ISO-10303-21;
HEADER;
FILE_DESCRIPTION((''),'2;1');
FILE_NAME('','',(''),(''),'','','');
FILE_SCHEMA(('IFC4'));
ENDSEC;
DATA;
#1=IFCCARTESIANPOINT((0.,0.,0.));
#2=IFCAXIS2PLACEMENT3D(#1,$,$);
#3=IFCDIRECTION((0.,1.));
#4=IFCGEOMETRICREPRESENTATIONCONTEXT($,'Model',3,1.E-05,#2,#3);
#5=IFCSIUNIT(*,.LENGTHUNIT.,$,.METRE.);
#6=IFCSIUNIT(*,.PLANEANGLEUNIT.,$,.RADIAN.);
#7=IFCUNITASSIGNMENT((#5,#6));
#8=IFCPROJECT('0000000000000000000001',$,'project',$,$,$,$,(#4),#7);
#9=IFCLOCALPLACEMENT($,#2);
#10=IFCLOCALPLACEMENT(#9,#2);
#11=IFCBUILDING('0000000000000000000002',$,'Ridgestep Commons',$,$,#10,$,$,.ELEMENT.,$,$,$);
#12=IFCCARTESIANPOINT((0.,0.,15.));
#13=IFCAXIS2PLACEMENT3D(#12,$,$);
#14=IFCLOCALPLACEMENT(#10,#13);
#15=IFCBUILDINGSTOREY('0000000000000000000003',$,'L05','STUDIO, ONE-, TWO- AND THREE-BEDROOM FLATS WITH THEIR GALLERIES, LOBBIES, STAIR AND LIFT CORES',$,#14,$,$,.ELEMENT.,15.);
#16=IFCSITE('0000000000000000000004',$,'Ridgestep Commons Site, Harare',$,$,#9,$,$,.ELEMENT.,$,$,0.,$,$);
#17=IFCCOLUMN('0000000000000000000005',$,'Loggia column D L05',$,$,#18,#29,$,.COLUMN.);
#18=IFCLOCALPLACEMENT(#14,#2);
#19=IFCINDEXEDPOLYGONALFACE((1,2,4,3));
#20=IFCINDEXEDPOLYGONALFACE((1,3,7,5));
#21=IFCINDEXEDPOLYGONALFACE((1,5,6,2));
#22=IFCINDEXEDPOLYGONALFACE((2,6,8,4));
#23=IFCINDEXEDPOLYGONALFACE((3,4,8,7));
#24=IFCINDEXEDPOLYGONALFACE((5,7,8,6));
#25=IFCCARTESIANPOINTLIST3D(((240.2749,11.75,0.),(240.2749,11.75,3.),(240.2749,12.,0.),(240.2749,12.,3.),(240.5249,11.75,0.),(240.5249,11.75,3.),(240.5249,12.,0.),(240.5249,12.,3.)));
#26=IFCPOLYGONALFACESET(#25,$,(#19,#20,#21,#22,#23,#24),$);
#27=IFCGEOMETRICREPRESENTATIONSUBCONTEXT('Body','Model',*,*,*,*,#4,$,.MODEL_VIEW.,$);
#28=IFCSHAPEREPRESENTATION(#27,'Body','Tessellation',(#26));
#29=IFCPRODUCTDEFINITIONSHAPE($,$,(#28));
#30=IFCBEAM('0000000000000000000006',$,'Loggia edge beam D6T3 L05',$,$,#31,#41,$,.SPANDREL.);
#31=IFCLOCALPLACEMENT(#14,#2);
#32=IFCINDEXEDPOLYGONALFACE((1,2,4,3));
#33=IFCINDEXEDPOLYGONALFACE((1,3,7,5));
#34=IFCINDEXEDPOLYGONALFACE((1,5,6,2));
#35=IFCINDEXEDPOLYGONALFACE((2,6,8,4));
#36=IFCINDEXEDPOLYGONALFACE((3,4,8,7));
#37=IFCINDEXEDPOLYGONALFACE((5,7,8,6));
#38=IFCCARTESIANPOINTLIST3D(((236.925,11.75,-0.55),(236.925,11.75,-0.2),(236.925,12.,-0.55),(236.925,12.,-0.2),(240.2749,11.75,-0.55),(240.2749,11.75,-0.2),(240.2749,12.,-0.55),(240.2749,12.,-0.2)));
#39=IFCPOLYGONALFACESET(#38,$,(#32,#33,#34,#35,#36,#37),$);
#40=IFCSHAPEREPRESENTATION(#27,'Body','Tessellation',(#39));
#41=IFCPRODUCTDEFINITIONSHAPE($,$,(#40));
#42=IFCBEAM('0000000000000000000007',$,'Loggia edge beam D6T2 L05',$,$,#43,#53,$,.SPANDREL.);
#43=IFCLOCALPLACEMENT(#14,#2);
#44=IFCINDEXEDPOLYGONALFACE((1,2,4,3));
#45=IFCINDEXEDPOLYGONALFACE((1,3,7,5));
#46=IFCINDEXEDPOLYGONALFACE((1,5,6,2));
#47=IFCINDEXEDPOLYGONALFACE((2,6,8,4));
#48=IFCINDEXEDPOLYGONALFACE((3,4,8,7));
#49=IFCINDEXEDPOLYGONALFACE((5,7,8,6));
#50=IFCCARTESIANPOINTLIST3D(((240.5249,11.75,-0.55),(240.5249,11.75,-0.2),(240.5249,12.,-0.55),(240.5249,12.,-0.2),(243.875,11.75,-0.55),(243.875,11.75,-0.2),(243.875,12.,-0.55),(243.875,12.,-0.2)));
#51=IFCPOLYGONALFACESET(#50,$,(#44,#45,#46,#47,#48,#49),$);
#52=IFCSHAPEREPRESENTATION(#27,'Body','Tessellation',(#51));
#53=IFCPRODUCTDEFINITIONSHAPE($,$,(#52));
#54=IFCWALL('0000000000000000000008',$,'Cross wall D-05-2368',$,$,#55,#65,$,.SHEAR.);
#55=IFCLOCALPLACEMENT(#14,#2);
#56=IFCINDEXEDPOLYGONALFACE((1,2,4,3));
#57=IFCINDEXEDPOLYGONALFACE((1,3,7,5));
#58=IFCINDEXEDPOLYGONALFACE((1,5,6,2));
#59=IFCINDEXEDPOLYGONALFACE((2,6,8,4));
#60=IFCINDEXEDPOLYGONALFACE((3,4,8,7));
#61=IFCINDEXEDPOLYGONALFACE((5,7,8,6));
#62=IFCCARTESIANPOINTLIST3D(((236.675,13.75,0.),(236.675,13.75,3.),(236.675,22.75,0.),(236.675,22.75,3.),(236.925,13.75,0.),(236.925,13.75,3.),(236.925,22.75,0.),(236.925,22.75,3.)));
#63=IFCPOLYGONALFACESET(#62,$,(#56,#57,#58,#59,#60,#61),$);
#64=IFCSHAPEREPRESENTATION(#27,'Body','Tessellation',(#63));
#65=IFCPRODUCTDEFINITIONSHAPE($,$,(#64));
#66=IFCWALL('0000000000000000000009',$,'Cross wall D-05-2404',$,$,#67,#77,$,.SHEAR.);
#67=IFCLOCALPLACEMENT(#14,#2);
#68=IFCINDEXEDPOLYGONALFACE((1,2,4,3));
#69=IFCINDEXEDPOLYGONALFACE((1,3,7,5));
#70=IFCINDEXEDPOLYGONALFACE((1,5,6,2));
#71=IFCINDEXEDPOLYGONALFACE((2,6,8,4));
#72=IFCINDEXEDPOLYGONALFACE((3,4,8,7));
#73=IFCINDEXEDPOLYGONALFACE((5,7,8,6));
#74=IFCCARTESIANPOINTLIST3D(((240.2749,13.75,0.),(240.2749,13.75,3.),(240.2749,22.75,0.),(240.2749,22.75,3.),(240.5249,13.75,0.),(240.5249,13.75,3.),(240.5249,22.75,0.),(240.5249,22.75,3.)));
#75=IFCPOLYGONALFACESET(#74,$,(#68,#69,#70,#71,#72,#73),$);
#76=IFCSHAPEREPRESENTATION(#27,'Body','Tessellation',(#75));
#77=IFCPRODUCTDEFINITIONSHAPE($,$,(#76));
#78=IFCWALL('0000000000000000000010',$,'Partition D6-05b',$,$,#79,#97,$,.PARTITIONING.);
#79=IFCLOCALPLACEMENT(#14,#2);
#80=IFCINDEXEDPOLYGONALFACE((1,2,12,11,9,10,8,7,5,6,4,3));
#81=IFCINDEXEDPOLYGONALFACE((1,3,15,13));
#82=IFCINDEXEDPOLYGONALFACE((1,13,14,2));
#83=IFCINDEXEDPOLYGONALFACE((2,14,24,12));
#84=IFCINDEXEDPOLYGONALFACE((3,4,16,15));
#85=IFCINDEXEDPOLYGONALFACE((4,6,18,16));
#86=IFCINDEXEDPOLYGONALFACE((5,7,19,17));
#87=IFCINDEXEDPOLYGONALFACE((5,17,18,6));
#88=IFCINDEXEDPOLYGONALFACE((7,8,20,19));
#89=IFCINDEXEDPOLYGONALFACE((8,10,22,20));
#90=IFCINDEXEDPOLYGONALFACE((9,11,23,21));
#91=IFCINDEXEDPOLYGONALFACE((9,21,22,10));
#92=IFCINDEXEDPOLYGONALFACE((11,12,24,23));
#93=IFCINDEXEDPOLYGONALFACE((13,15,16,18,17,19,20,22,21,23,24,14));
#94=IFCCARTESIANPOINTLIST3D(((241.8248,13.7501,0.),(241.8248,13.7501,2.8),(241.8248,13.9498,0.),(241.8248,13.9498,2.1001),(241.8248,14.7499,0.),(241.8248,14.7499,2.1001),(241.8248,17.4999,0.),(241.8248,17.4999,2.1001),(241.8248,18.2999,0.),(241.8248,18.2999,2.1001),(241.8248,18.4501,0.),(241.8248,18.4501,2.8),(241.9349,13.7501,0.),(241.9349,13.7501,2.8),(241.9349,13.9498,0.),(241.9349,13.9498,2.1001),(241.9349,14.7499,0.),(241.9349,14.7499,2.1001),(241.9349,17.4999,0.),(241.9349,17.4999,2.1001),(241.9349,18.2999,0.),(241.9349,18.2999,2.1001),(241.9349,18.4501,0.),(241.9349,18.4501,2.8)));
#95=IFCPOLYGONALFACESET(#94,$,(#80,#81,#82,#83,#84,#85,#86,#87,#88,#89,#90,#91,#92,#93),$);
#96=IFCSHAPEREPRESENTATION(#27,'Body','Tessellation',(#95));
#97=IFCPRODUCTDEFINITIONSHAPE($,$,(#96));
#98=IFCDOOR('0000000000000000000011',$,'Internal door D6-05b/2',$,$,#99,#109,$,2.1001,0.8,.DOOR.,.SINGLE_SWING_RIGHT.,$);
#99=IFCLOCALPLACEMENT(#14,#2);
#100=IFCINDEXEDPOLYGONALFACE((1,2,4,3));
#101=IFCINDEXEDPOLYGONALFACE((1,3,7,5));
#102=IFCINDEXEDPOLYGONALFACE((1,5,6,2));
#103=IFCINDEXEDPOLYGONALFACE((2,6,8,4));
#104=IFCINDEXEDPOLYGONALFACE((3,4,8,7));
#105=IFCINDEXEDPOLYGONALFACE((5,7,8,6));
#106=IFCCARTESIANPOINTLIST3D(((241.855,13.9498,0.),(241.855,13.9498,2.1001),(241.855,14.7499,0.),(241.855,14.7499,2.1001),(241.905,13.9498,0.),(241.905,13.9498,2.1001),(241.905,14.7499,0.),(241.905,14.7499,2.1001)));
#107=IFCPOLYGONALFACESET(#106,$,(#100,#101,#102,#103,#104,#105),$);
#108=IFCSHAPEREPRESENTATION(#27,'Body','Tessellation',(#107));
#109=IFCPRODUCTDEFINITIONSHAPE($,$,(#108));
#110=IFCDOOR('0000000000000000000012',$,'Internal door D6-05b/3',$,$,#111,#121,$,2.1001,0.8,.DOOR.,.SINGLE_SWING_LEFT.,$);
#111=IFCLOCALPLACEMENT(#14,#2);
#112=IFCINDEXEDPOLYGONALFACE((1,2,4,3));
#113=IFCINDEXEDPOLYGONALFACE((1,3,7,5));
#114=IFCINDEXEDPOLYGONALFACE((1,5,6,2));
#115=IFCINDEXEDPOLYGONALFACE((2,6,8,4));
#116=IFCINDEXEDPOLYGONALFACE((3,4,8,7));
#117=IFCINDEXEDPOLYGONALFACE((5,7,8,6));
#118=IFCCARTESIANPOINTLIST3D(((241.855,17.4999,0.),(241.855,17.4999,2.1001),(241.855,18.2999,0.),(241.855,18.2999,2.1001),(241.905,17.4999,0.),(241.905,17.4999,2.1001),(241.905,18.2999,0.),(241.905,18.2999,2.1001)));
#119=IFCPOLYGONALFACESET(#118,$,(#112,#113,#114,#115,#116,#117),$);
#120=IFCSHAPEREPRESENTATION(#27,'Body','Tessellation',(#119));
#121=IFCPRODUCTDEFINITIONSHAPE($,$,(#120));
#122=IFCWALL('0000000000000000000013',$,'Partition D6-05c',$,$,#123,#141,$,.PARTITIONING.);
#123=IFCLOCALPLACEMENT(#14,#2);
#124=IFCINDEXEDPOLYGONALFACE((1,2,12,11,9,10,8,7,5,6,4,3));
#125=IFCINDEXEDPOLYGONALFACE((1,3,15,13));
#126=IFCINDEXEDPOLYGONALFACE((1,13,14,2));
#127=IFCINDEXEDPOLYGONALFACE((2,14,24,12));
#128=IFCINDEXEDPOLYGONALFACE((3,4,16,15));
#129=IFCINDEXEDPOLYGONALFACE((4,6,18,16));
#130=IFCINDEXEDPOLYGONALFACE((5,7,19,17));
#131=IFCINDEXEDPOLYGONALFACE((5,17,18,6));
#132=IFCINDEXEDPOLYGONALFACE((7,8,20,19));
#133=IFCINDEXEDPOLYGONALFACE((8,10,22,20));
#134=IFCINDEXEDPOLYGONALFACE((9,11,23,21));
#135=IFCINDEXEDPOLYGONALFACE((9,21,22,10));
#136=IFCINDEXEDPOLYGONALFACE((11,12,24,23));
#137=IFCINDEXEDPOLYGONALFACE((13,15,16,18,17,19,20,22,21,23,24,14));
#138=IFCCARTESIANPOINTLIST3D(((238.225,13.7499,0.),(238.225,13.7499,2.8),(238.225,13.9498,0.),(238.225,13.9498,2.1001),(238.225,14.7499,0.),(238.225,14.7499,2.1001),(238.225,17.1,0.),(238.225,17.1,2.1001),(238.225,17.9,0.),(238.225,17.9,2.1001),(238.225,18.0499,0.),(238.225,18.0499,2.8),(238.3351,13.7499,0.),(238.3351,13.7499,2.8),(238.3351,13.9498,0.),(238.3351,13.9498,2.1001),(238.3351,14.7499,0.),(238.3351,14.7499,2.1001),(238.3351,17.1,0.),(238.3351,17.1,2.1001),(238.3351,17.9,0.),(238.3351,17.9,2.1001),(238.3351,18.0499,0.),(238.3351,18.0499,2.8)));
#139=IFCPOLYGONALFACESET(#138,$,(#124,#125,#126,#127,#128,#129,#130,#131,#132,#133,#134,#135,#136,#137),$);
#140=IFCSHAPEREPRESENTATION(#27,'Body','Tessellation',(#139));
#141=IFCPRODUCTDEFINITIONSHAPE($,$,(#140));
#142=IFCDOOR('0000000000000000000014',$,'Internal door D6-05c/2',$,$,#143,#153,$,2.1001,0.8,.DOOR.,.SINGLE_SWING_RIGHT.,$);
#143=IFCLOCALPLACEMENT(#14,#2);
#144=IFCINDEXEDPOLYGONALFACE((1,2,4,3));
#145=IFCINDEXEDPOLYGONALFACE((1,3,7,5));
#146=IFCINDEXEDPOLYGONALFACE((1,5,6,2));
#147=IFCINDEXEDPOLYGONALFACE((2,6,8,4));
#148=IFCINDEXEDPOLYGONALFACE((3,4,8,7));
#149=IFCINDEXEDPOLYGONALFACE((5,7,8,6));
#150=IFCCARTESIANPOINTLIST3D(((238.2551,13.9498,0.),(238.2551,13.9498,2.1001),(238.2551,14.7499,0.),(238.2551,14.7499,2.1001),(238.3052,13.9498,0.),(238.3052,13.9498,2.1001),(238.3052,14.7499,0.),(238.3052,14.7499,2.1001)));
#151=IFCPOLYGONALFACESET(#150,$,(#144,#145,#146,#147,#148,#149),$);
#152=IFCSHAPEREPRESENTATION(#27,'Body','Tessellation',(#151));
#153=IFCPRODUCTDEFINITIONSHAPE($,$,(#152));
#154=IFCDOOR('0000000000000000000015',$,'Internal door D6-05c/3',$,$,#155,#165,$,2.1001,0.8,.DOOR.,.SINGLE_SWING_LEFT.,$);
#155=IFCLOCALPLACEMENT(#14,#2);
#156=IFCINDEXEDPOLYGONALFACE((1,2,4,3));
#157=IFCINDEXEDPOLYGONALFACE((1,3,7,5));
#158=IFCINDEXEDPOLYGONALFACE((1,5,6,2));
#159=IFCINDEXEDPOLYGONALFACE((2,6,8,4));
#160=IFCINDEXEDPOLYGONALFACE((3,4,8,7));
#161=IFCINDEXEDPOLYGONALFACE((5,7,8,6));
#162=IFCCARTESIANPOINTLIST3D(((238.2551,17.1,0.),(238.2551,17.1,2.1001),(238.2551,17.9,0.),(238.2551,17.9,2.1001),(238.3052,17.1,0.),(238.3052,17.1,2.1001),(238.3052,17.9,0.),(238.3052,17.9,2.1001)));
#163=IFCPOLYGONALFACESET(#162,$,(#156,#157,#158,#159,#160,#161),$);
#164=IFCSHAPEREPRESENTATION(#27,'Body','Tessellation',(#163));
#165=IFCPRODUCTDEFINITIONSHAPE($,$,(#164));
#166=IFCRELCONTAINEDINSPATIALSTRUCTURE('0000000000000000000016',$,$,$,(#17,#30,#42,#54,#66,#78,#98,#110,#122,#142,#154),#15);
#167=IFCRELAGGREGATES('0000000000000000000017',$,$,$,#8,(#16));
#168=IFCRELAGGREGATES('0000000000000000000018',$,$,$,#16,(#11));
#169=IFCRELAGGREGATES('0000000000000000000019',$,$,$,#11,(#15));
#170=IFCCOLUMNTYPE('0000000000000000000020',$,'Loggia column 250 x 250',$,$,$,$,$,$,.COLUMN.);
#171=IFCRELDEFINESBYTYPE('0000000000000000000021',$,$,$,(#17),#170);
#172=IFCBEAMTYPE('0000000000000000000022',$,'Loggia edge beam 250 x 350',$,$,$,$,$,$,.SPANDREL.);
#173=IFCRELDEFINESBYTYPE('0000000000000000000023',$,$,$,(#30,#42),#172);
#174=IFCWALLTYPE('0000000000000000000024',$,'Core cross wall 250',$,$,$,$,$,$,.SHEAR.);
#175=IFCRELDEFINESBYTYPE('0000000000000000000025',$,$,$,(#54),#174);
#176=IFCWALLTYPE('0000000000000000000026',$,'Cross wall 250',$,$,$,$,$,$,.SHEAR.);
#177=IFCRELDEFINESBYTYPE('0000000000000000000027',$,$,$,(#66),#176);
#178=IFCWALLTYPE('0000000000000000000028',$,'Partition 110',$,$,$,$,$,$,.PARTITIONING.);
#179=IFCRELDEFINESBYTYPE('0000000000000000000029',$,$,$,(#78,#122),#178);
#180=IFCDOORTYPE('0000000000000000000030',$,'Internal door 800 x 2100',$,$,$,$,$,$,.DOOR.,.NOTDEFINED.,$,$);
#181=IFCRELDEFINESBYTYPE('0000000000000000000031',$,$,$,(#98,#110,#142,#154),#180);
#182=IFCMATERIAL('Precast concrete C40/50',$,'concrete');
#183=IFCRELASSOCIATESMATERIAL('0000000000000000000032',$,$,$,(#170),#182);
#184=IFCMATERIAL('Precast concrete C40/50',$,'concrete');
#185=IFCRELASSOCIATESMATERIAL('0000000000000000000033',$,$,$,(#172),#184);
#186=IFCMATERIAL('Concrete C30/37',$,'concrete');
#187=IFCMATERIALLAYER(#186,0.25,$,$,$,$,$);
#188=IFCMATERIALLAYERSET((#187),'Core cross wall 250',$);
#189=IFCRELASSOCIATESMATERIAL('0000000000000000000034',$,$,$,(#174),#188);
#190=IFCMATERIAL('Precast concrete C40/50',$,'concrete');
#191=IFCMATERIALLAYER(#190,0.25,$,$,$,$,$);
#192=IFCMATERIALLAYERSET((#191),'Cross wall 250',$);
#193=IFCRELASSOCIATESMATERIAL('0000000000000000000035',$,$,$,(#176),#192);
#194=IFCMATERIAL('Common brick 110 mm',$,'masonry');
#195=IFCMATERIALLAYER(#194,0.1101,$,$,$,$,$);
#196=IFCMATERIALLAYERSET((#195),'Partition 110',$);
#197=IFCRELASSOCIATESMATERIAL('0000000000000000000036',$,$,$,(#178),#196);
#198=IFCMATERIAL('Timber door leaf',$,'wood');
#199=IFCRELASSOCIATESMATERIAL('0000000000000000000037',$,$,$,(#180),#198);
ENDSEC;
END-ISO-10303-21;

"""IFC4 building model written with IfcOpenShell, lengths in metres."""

from ifc_helpers import new_model, si_unit, direction, frame, frame_2d, origin, origin_2d, place, context, subcontext, project, spatial, rectangle, extrude, material, layer, layer_set, material_profile, profile_set, type_object, element, fill, save


model = new_model("IFC4")

# Units and contexts
model_context = context("Model", 3, precision=1e-05, world=origin(), true_north=direction((0.0, 1.0)))
body_context = subcontext(model_context, "Body", "Model", "MODEL_VIEW")
ifc_project = project(units=[si_unit("LENGTHUNIT", "METRE"), si_unit("PLANEANGLEUNIT", "RADIAN")], contexts=[model_context])

# Site, building, storey
site_placement = place(None, origin())
site = spatial("IfcSite", under=ifc_project, at=site_placement, Name="Ridgestep Commons Site, Harare", CompositionType="ELEMENT", RefElevation=0.0)
building_placement = place(site_placement, origin())
building = spatial("IfcBuilding", under=site, at=building_placement, Name="Ridgestep Commons", CompositionType="ELEMENT")
storey_placement = place(building_placement, frame((0.0, 0.0, 15.0)))
storey = spatial("IfcBuildingStorey", under=building, at=storey_placement, Name="L05", Description="STUDIO, ONE-, TWO- AND THREE-BEDROOM FLATS WITH THEIR GALLERIES, LOBBIES, STAIR AND LIFT CORES", CompositionType="ELEMENT", Elevation=15.0)

# Column
ifc_material_1 = material(Name="Precast concrete C40/50", Category="concrete")
ifc_material_profile_1 = material_profile(ifc_material_1, rectangle(XDim=0.25, YDim=0.25, at=origin_2d()), Name="PC 250x250")
ifc_profile_set_1 = profile_set([ifc_material_profile_1], Name="Precast concrete C40/50")
column_type = type_object("IfcColumnType", Name="Loggia column 250 x 250", PredefinedType="COLUMN", material=ifc_profile_set_1)
column_placement = place(storey_placement, frame((240.3999, 11.875, 0.0), z_axis=(0.0, 0.0, 1.0), x_axis=(1.0, 0.0, 0.0)))
element("IfcColumn", 1, at=column_placement, inside=storey, type_object=column_type, Name="Loggia column D L05", PredefinedType="COLUMN", context=body_context, shape_type="SweptSolid", body=[
    extrude(rectangle(XDim=0.25, YDim=0.25, at=origin_2d()), origin(), (0.0, 0.0, 1.0), 3.0),
])

# Beams
ifc_material_2 = material(Name="Precast concrete C40/50", Category="concrete")
ifc_material_profile_2 = material_profile(ifc_material_2, rectangle(XDim=0.25, YDim=0.3501, at=origin_2d()), Name="PC 250x350")
ifc_profile_set_2 = profile_set([ifc_material_profile_2], Name="Precast concrete C40/50")
beam_type = type_object("IfcBeamType", Name="Loggia edge beam 250 x 350", PredefinedType="SPANDREL", material=ifc_profile_set_2)
beam_1_placement = place(storey_placement, frame((236.925, 11.875, -0.375), z_axis=(1.0, 0.0, 0.0), x_axis=(0.0, 1.0, 0.0)))
element("IfcBeam", 2, at=beam_1_placement, inside=storey, type_object=beam_type, Name="Loggia edge beam D6T3 L05", PredefinedType="SPANDREL", context=body_context, shape_type="SweptSolid", body=[
    extrude(rectangle(XDim=0.25, YDim=0.3501, at=origin_2d()), origin(), (0.0, 0.0, 1.0), 3.3499),
])
beam_2_placement = place(storey_placement, frame((240.5249, 11.875, -0.375), z_axis=(1.0, 0.0, 0.0), x_axis=(0.0, 1.0, 0.0)))
element("IfcBeam", 3, at=beam_2_placement, inside=storey, type_object=beam_type, Name="Loggia edge beam D6T2 L05", PredefinedType="SPANDREL", context=body_context, shape_type="SweptSolid", body=[
    extrude(rectangle(XDim=0.25, YDim=0.3501, at=origin_2d()), origin(), (0.0, 0.0, 1.0), 3.3501),
])

# Walls
ifc_material_3 = material(Name="Concrete C30/37", Category="concrete")
ifc_layer_1 = layer(ifc_material_3, 0.25)
ifc_layer_set_1 = layer_set([ifc_layer_1], Name="Core cross wall 250")
wall_type_1 = type_object("IfcWallType", Name="Core cross wall 250", PredefinedType="SHEAR", material=ifc_layer_set_1)
wall_1_placement = place(storey_placement, frame((236.8, 13.75, 0.0), z_axis=(0.0, 0.0, 1.0), x_axis=(0.0, 1.0, 0.0)))
element("IfcWall", 4, at=wall_1_placement, inside=storey, type_object=wall_type_1, Name="Cross wall D-05-2368", PredefinedType="SHEAR", context=body_context, shape_type="SweptSolid", body=[
    extrude(rectangle(XDim=9.0, YDim=0.25, at=frame_2d((4.5, 0.0))), origin(), (0.0, 0.0, 1.0), 3.0),
])
ifc_material_4 = material(Name="Precast concrete C40/50", Category="concrete")
ifc_layer_2 = layer(ifc_material_4, 0.25)
ifc_layer_set_2 = layer_set([ifc_layer_2], Name="Cross wall 250")
wall_type_2 = type_object("IfcWallType", Name="Cross wall 250", PredefinedType="SHEAR", material=ifc_layer_set_2)
wall_2_placement = place(storey_placement, frame((240.3999, 13.75, 0.0), z_axis=(0.0, 0.0, 1.0), x_axis=(0.0, 1.0, 0.0)))
element("IfcWall", 5, at=wall_2_placement, inside=storey, type_object=wall_type_2, Name="Cross wall D-05-2404", PredefinedType="SHEAR", context=body_context, shape_type="SweptSolid", body=[
    extrude(rectangle(XDim=9.0, YDim=0.25, at=frame_2d((4.5, 0.0))), origin(), (0.0, 0.0, 1.0), 3.0),
])

# Walls, openings, doors
ifc_material_5 = material(Name="Common brick 110 mm", Category="masonry")
ifc_layer_3 = layer(ifc_material_5, 0.1101)
ifc_layer_set_3 = layer_set([ifc_layer_3], Name="Partition 110")
wall_type_3 = type_object("IfcWallType", Name="Partition 110", PredefinedType="PARTITIONING", material=ifc_layer_set_3)
wall_3_placement = place(storey_placement, frame((241.8799, 13.75, 0.0), z_axis=(0.0, 0.0, 1.0), x_axis=(0.0, 1.0, 0.0)))
wall_3 = element("IfcWall", 6, at=wall_3_placement, inside=storey, type_object=wall_type_3, Name="Partition D6-05b", PredefinedType="PARTITIONING", context=body_context, shape_type="SweptSolid", body=[
    extrude(rectangle(XDim=4.7, YDim=0.1101, at=frame_2d((2.3501, 0.0))), origin(), (0.0, 0.0, 1.0), 2.8),
])
opening_1_placement = place(wall_3_placement, frame((0.2, 0.0, 0.0)))
opening_1 = element("IfcOpeningElement", 7, at=opening_1_placement, cuts=wall_3, PredefinedType="OPENING", context=body_context, shape_type="SweptSolid", body=[
    extrude(rectangle(XDim=0.8, YDim=2.1001, at=frame_2d((0.3999, 1.05))), frame((0.0, 0.0649, 0.0), z_axis=(0.0, -1.0, 0.0), x_axis=(1.0, 0.0, 0.0)), (0.0, 0.0, 1.0), 0.1301),
])
opening_2_placement = place(wall_3_placement, frame((3.75, 0.0, 0.0)))
opening_2 = element("IfcOpeningElement", 8, at=opening_2_placement, cuts=wall_3, PredefinedType="OPENING", context=body_context, shape_type="SweptSolid", body=[
    extrude(rectangle(XDim=0.8, YDim=2.1001, at=frame_2d((0.3999, 1.05))), frame((0.0, 0.0649, 0.0), z_axis=(0.0, -1.0, 0.0), x_axis=(1.0, 0.0, 0.0)), (0.0, 0.0, 1.0), 0.1301),
])
ifc_material_6 = material(Name="Timber door leaf", Category="wood")
door_type_1 = type_object("IfcDoorType", Name="Internal door 800 x 2100", OperationType="NOTDEFINED", PredefinedType="DOOR", material=ifc_material_6)
door_1_placement = place(opening_1_placement, origin())
door_1 = element("IfcDoor", 9, at=door_1_placement, inside=storey, type_object=door_type_1, Name="Internal door D6-05b/2", OperationType="SINGLE_SWING_RIGHT", OverallHeight=2.1001, OverallWidth=0.8, PredefinedType="DOOR", context=body_context, shape_type="SweptSolid", body=[
    extrude(rectangle(XDim=0.8, YDim=2.1001, at=frame_2d((0.3999, 1.05))), frame((0.0, 0.0249, 0.0), z_axis=(0.0, -1.0, 0.0), x_axis=(1.0, 0.0, 0.0)), (0.0, 0.0, 1.0), 0.05),
])
fill(opening_1, door_1)
door_2_placement = place(opening_2_placement, origin())
door_2 = element("IfcDoor", 10, at=door_2_placement, inside=storey, type_object=door_type_1, Name="Internal door D6-05b/3", OperationType="SINGLE_SWING_LEFT", OverallHeight=2.1001, OverallWidth=0.8, PredefinedType="DOOR", context=body_context, shape_type="SweptSolid", body=[
    extrude(rectangle(XDim=0.8, YDim=2.1001, at=frame_2d((0.3999, 1.05))), frame((0.0, 0.0249, 0.0), z_axis=(0.0, -1.0, 0.0), x_axis=(1.0, 0.0, 0.0)), (0.0, 0.0, 1.0), 0.05),
])
fill(opening_2, door_2)
wall_4_placement = place(storey_placement, frame((238.28, 13.75, 0.0), z_axis=(0.0, 0.0, 1.0), x_axis=(0.0, 1.0, 0.0)))
wall_4 = element("IfcWall", 11, at=wall_4_placement, inside=storey, type_object=wall_type_3, Name="Partition D6-05c", PredefinedType="PARTITIONING", context=body_context, shape_type="SweptSolid", body=[
    extrude(rectangle(XDim=4.3, YDim=0.1101, at=frame_2d((2.1499, 0.0))), origin(), (0.0, 0.0, 1.0), 2.8),
])
opening_3_placement = place(wall_4_placement, frame((0.2, 0.0, 0.0)))
opening_3 = element("IfcOpeningElement", 12, at=opening_3_placement, cuts=wall_4, PredefinedType="OPENING", context=body_context, shape_type="SweptSolid", body=[
    extrude(rectangle(XDim=0.8, YDim=2.1001, at=frame_2d((0.3999, 1.05))), frame((0.0, 0.0649, 0.0), z_axis=(0.0, -1.0, 0.0), x_axis=(1.0, 0.0, 0.0)), (0.0, 0.0, 1.0), 0.1301),
])
opening_4_placement = place(wall_4_placement, frame((3.3501, 0.0, 0.0)))
opening_4 = element("IfcOpeningElement", 13, at=opening_4_placement, cuts=wall_4, PredefinedType="OPENING", context=body_context, shape_type="SweptSolid", body=[
    extrude(rectangle(XDim=0.8, YDim=2.1001, at=frame_2d((0.3999, 1.05))), frame((0.0, 0.0649, 0.0), z_axis=(0.0, -1.0, 0.0), x_axis=(1.0, 0.0, 0.0)), (0.0, 0.0, 1.0), 0.1301),
])
door_3_placement = place(opening_3_placement, origin())
door_3 = element("IfcDoor", 14, at=door_3_placement, inside=storey, type_object=door_type_1, Name="Internal door D6-05c/2", OperationType="SINGLE_SWING_RIGHT", OverallHeight=2.1001, OverallWidth=0.8, PredefinedType="DOOR", context=body_context, shape_type="SweptSolid", body=[
    extrude(rectangle(XDim=0.8, YDim=2.1001, at=frame_2d((0.3999, 1.05))), frame((0.0, 0.0249, 0.0), z_axis=(0.0, -1.0, 0.0), x_axis=(1.0, 0.0, 0.0)), (0.0, 0.0, 1.0), 0.05),
])
fill(opening_3, door_3)
door_4_placement = place(opening_4_placement, origin())
door_4 = element("IfcDoor", 15, at=door_4_placement, inside=storey, type_object=door_type_1, Name="Internal door D6-05c/3", OperationType="SINGLE_SWING_LEFT", OverallHeight=2.1001, OverallWidth=0.8, PredefinedType="DOOR", context=body_context, shape_type="SweptSolid", body=[
    extrude(rectangle(XDim=0.8, YDim=2.1001, at=frame_2d((0.3999, 1.05))), frame((0.0, 0.0249, 0.0), z_axis=(0.0, -1.0, 0.0), x_axis=(1.0, 0.0, 0.0)), (0.0, 0.0, 1.0), 0.05),
])
fill(opening_4, door_4)

save(model, "model.ifc")
